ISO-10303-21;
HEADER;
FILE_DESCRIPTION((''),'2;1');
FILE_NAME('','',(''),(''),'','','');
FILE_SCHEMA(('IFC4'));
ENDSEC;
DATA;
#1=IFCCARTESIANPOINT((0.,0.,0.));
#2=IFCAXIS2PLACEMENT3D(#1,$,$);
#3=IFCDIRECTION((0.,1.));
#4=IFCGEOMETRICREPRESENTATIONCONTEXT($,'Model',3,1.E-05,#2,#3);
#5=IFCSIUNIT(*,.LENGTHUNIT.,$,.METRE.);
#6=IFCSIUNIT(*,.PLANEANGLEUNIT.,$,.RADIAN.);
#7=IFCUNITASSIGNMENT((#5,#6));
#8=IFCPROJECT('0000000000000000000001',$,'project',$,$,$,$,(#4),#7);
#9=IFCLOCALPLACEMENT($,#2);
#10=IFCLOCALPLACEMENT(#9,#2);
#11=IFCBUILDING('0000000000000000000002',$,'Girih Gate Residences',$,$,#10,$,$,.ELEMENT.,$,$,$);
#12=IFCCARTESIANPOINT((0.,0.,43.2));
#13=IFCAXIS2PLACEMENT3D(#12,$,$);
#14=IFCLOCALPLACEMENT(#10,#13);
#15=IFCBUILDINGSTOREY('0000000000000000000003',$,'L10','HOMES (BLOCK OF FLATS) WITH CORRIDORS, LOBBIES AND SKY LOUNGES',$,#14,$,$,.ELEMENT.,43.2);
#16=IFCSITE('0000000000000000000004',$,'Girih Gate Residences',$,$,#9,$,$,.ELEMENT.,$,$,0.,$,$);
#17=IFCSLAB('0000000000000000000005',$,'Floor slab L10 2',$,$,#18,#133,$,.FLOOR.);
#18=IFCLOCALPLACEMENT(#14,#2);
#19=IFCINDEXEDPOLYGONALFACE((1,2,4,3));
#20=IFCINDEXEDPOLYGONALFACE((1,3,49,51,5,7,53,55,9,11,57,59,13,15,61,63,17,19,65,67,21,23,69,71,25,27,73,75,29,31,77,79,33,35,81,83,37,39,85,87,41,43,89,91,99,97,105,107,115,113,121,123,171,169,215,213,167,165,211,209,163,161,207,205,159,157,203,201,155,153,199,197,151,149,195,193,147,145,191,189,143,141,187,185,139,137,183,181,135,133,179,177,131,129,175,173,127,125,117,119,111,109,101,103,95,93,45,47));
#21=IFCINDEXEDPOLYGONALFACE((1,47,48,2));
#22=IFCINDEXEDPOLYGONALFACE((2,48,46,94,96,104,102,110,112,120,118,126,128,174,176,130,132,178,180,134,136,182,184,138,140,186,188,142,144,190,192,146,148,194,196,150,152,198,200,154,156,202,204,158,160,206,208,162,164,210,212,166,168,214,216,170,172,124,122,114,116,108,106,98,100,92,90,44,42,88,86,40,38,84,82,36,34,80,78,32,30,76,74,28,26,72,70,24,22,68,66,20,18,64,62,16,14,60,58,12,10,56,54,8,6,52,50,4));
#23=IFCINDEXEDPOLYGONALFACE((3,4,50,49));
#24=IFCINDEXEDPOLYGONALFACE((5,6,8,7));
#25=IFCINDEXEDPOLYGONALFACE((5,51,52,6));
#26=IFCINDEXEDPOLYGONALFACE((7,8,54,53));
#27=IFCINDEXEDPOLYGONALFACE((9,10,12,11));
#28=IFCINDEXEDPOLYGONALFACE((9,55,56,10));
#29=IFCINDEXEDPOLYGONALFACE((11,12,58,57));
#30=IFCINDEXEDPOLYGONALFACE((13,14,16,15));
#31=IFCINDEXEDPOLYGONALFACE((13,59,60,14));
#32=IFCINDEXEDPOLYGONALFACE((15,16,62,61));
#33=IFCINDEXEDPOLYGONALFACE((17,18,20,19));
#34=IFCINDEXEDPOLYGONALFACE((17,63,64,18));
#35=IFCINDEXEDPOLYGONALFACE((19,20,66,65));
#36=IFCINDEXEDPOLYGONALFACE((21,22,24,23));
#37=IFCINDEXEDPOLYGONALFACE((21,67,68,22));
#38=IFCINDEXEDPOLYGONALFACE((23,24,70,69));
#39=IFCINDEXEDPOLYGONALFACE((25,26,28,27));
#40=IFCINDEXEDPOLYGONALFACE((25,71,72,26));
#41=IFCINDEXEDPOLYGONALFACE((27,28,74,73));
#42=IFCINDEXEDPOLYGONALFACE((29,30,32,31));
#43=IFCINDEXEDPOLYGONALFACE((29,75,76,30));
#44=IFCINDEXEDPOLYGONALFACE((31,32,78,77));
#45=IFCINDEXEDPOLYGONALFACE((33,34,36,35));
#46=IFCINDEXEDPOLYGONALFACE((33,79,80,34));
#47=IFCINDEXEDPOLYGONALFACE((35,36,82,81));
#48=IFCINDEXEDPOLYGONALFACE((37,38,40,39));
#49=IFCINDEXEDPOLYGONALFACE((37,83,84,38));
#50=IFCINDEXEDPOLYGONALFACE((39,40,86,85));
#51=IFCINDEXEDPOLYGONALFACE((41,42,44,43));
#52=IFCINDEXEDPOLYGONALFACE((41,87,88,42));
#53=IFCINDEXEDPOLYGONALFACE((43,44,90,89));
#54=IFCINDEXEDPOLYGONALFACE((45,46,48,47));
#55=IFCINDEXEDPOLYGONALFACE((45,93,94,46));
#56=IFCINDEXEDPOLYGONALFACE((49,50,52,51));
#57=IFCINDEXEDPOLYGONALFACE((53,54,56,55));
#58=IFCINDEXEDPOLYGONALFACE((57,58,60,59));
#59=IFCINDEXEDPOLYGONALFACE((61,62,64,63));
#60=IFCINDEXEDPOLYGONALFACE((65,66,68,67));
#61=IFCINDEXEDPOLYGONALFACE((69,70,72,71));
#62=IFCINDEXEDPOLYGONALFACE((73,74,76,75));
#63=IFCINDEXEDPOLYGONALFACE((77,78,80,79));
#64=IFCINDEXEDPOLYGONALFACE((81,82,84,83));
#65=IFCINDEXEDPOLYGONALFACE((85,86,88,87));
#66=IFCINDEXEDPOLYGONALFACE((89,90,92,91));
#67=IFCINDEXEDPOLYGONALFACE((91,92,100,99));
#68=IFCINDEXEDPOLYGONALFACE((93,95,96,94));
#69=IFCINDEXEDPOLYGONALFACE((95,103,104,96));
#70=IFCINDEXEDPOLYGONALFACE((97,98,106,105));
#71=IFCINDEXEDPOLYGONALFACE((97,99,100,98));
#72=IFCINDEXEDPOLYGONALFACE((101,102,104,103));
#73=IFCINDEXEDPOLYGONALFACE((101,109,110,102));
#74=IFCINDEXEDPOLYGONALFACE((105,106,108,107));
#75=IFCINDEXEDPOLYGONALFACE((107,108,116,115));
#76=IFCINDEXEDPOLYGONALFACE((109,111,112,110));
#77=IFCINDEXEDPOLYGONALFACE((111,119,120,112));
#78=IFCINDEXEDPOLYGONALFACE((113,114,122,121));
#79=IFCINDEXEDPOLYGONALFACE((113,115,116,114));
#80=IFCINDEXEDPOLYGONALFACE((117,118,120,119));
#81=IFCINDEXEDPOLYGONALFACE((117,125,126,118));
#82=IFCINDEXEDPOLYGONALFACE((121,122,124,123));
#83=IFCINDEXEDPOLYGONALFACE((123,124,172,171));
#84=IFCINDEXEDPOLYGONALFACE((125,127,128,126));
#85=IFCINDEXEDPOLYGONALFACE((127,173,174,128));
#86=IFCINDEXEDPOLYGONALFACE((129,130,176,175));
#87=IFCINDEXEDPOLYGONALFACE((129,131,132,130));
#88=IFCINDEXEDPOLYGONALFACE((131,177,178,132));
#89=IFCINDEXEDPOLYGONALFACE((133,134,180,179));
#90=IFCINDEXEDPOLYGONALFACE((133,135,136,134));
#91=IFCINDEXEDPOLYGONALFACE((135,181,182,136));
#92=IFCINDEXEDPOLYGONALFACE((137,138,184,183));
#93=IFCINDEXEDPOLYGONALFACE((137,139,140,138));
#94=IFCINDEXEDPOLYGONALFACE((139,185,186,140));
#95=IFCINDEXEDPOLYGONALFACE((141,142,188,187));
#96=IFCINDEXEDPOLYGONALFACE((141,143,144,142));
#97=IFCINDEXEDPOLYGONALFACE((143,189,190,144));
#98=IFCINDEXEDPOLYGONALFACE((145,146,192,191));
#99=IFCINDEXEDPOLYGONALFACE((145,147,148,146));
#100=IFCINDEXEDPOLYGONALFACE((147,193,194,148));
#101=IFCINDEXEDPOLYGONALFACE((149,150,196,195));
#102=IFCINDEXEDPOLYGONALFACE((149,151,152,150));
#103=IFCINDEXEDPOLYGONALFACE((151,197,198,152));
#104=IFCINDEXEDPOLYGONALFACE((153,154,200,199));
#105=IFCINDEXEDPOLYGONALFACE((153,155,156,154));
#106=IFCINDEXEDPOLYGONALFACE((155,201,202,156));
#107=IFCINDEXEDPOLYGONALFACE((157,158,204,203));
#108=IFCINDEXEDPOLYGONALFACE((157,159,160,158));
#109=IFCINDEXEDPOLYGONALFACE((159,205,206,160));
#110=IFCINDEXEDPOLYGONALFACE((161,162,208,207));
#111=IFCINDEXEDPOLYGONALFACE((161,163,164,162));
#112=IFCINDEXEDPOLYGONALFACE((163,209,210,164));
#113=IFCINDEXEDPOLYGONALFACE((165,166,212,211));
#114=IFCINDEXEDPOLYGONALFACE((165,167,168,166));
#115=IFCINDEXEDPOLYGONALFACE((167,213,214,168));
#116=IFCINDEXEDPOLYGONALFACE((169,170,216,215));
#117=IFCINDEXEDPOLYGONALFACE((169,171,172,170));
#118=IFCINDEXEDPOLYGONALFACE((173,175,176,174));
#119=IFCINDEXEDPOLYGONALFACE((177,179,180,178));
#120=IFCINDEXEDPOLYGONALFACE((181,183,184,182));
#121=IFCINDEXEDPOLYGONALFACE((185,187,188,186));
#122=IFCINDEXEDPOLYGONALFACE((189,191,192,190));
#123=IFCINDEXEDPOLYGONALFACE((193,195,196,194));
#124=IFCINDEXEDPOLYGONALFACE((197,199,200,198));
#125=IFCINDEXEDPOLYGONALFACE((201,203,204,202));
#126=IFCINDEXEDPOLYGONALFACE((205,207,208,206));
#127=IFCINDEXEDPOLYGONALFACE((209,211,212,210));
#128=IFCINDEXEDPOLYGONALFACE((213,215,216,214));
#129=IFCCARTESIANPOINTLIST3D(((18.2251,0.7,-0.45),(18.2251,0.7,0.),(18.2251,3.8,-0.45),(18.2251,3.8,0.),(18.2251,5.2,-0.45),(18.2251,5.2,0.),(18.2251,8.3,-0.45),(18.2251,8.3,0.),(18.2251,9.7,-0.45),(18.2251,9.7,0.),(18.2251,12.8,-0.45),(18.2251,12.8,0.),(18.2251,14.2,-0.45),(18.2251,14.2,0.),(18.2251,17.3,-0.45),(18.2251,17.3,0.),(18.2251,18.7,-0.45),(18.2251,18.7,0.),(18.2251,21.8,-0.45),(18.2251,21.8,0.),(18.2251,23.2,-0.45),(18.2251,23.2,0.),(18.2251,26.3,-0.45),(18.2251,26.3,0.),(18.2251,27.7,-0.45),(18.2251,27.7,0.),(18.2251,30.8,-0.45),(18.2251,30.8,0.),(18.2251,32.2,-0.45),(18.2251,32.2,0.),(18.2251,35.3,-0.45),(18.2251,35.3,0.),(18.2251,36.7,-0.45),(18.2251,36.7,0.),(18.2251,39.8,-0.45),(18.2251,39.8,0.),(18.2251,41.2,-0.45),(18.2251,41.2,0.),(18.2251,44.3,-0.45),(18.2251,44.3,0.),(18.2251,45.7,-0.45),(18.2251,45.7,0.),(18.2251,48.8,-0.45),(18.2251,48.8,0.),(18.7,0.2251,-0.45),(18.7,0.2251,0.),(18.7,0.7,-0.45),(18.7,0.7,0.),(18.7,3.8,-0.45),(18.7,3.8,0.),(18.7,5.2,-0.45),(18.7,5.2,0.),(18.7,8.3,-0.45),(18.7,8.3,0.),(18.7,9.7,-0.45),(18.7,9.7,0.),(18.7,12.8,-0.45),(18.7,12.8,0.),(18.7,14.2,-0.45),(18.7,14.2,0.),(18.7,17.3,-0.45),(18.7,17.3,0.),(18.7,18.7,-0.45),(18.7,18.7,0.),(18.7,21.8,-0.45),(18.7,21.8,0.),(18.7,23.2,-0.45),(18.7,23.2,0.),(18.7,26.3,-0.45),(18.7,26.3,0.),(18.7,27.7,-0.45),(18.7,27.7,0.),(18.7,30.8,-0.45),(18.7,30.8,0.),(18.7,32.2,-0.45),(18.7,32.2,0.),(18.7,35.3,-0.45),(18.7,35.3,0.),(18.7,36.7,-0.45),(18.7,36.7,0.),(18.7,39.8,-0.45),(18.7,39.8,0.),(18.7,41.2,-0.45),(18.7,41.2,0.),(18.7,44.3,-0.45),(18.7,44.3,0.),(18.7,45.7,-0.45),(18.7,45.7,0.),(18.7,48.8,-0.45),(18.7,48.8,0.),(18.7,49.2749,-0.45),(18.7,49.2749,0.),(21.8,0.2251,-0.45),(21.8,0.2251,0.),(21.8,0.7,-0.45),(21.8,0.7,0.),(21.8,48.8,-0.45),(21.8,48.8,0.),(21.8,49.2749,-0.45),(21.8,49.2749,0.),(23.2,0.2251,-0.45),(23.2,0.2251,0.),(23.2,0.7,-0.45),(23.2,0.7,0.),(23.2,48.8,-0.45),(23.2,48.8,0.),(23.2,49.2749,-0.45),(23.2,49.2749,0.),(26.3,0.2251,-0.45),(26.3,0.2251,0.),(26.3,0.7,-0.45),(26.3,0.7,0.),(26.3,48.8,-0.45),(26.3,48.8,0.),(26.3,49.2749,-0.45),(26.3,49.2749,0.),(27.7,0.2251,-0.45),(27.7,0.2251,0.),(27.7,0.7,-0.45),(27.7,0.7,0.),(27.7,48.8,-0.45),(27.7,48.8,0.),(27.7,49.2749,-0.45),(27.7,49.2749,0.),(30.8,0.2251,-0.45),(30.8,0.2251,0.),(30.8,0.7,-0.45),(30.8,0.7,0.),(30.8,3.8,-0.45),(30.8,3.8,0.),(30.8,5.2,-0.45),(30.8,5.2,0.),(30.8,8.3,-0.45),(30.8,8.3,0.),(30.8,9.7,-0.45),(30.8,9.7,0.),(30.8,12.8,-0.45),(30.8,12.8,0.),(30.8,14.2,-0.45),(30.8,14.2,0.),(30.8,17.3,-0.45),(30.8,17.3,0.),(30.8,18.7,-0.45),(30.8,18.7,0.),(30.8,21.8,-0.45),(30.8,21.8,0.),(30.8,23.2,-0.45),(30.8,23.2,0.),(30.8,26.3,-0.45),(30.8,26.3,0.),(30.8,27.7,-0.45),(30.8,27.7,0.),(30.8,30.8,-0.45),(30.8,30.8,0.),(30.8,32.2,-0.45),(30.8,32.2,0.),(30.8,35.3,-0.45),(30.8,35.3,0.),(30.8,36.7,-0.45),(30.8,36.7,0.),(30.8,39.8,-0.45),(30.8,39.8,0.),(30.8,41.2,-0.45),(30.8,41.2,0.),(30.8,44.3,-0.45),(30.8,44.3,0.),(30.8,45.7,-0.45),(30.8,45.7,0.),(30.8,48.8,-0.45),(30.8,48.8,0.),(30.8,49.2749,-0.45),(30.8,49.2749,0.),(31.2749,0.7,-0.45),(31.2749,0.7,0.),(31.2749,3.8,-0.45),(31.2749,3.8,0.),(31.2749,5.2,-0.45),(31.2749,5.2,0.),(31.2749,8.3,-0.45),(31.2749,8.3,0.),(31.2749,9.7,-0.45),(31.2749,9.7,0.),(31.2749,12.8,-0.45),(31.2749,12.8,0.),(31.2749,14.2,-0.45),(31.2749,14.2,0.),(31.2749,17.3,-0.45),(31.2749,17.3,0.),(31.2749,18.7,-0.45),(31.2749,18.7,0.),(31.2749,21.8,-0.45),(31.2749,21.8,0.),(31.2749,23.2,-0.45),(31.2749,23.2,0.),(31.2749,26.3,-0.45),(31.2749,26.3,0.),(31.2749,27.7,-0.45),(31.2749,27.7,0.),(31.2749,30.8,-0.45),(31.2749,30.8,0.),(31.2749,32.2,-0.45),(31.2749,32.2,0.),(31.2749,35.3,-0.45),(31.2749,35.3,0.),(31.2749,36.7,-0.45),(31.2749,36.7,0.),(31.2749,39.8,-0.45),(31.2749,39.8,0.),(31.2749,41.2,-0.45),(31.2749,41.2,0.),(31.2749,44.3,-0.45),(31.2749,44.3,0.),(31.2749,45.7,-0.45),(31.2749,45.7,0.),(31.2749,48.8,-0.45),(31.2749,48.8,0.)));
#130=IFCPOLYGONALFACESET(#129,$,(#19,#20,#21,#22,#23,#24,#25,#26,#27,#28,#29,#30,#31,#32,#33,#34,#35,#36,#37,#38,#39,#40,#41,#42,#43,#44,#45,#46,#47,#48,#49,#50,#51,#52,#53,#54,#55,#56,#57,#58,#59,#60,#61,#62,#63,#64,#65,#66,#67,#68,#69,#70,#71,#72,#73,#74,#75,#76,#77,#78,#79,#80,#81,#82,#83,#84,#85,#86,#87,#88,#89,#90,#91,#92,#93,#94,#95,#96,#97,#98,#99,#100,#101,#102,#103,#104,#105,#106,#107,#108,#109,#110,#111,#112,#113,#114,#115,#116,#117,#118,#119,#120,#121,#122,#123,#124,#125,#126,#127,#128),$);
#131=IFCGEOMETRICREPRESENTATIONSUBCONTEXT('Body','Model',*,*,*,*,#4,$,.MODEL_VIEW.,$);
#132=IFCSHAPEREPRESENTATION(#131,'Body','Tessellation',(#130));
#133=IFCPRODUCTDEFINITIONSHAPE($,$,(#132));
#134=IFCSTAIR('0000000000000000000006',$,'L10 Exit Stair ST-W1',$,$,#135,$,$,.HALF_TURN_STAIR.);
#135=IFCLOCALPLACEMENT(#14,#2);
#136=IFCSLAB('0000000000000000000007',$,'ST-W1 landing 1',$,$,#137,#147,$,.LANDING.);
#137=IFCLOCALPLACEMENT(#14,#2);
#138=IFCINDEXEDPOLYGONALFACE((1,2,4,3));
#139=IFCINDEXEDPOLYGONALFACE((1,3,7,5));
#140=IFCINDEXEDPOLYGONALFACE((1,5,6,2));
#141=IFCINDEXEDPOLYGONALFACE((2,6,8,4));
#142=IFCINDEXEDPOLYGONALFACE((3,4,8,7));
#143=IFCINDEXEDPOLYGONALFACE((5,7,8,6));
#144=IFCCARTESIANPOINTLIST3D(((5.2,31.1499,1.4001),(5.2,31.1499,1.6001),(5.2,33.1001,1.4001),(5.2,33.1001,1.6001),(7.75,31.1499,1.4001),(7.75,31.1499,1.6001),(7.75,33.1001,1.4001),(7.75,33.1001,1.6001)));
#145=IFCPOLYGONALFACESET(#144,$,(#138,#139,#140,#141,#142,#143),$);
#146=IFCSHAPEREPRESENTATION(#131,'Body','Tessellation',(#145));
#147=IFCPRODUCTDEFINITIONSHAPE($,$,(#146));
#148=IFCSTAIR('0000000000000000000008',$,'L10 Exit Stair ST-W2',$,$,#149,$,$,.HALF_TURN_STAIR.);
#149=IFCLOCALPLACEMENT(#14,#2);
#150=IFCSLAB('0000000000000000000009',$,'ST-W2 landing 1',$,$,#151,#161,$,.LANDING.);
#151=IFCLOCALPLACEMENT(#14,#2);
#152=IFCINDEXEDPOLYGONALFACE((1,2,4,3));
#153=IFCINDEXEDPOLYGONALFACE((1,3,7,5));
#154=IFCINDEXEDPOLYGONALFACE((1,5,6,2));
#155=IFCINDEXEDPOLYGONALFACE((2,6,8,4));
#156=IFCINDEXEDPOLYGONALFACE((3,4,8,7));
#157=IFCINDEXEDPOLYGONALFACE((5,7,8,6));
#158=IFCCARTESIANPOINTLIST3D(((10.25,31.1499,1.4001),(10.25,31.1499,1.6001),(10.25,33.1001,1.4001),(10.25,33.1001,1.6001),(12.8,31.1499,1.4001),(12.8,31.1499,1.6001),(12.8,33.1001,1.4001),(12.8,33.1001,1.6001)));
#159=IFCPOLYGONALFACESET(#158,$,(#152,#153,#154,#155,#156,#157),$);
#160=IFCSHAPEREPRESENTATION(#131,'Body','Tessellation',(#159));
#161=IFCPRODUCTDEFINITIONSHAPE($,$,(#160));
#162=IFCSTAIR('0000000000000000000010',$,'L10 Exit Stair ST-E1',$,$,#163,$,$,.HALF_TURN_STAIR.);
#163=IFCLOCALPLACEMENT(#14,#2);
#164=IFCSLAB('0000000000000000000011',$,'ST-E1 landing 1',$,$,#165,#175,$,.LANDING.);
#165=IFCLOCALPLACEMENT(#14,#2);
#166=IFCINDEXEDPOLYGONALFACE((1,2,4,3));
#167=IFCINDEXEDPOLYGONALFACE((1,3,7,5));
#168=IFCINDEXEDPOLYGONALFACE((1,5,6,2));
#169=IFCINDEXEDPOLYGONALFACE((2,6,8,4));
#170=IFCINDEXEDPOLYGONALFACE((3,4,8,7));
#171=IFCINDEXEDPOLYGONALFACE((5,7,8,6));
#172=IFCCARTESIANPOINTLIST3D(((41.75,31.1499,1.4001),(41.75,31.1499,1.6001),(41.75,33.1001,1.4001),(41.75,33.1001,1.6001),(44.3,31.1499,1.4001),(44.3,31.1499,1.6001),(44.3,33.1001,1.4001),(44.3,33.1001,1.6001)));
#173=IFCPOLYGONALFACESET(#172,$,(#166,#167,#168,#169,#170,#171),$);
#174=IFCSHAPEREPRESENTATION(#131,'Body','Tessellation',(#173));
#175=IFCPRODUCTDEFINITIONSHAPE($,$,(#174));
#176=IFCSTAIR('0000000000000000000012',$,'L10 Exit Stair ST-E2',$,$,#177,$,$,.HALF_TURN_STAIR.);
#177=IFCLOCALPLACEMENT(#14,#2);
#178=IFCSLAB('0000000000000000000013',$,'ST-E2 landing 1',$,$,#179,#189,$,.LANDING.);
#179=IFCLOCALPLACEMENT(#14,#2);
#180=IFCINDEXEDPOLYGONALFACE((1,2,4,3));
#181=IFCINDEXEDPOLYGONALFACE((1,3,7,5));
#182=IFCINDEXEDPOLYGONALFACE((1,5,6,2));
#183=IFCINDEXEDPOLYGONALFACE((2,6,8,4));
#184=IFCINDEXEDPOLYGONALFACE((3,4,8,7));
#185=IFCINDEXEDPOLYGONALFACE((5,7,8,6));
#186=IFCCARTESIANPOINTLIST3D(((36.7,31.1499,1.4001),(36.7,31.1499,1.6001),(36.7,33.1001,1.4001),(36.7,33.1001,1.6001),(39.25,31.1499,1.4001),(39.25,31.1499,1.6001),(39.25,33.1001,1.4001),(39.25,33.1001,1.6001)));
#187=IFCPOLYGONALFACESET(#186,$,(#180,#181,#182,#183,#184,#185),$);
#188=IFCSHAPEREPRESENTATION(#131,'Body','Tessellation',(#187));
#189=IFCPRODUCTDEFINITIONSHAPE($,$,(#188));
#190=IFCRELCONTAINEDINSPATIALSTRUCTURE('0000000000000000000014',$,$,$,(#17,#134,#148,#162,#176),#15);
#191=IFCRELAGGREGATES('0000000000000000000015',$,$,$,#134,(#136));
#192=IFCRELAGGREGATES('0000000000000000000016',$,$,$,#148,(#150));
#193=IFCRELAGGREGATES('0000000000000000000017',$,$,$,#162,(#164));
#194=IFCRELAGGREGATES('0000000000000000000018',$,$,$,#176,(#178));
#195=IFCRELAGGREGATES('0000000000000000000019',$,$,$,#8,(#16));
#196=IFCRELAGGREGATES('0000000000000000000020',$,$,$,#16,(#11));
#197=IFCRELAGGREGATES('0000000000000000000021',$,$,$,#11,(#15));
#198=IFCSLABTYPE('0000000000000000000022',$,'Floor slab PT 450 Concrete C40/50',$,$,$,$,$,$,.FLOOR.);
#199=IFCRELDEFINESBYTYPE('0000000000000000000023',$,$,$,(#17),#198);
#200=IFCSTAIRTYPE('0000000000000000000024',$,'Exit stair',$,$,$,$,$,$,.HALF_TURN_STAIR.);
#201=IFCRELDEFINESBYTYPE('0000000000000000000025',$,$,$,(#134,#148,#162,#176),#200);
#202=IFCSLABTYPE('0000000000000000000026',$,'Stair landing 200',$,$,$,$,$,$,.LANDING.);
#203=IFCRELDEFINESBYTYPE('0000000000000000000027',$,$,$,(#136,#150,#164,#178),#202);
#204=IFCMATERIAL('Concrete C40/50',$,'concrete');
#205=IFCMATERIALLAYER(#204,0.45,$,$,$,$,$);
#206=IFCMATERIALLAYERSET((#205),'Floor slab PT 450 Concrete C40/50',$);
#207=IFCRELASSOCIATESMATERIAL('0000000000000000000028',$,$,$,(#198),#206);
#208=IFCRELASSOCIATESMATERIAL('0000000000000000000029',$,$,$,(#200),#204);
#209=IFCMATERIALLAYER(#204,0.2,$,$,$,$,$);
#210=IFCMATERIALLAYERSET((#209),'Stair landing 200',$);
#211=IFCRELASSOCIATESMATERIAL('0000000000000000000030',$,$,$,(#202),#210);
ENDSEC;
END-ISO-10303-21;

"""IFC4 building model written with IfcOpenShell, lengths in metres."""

from ifc_helpers import new_model, si_unit, direction, frame, origin, place, context, subcontext, project, spatial, polyline, outline, extrude, material, layer, layer_set, type_object, element, aggregate, save


model = new_model("IFC4")

# Units and contexts
model_context = context("Model", 3, precision=1e-05, world=origin(), true_north=direction((0.0, 1.0)))
body_context = subcontext(model_context, "Body", "Model", "MODEL_VIEW")
ifc_project = project(units=[si_unit("LENGTHUNIT", "METRE"), si_unit("PLANEANGLEUNIT", "RADIAN")], contexts=[model_context])

# Site, building, storey
site_placement = place(None, origin())
site = spatial("IfcSite", under=ifc_project, at=site_placement, Name="Girih Gate Residences", CompositionType="ELEMENT", RefElevation=0.0)
building_placement = place(site_placement, origin())
building = spatial("IfcBuilding", under=site, at=building_placement, Name="Girih Gate Residences", CompositionType="ELEMENT")
storey_placement = place(building_placement, frame((0.0, 0.0, 43.2)))
storey = spatial("IfcBuildingStorey", under=building, at=storey_placement, Name="L10", Description="HOMES (BLOCK OF FLATS) WITH CORRIDORS, LOBBIES AND SKY LOUNGES", CompositionType="ELEMENT", Elevation=43.2)

# Slab
ifc_material_1 = material(Name="Concrete C40/50", Category="concrete")
ifc_layer_1 = layer(ifc_material_1, 0.45)
ifc_layer_set_1 = layer_set([ifc_layer_1], Name="Floor slab PT 450 Concrete C40/50")
slab_type_1 = type_object("IfcSlabType", Name="Floor slab PT 450 Concrete C40/50", PredefinedType="FLOOR", material=ifc_layer_set_1)
slab_1_placement = place(storey_placement, frame((0.0, 0.0, -0.45)))
element("IfcSlab", 1, at=slab_1_placement, inside=storey, type_object=slab_type_1, Name="Floor slab L10 2", PredefinedType="FLOOR", context=body_context, shape_type="SweptSolid", body=[
    extrude(outline(polyline([(21.8, 49.2749), (18.7, 49.2749), (18.7, 48.8), (18.2251, 48.8), (18.2251, 45.7), (18.7, 45.7), (18.7, 44.3), (18.2251, 44.3), (18.2251, 41.2), (18.7, 41.2), (18.7, 39.8), (18.2251, 39.8), (18.2251, 36.7), (18.7, 36.7), (18.7, 35.3), (18.2251, 35.3), (18.2251, 32.2), (18.7, 32.2), (18.7, 30.8), (18.2251, 30.8), (18.2251, 27.7), (18.7, 27.7), (18.7, 26.3), (18.2251, 26.3), (18.2251, 23.2), (18.7, 23.2), (18.7, 21.8), (18.2251, 21.8), (18.2251, 18.7), (18.7, 18.7), (18.7, 17.3), (18.2251, 17.3), (18.2251, 14.2), (18.7, 14.2), (18.7, 12.8), (18.2251, 12.8), (18.2251, 9.7), (18.7, 9.7), (18.7, 8.3), (18.2251, 8.3), (18.2251, 5.2), (18.7, 5.2), (18.7, 3.8), (18.2251, 3.8), (18.2251, 0.7), (18.7, 0.7), (18.7, 0.2251), (21.8, 0.2251), (21.8, 0.7), (23.2, 0.7), (23.2, 0.2251), (26.3, 0.2251), (26.3, 0.7), (27.7, 0.7), (27.7, 0.2251), (30.8, 0.2251), (30.8, 0.7), (31.2749, 0.7), (31.2749, 3.8), (30.8, 3.8), (30.8, 5.2), (31.2749, 5.2), (31.2749, 8.3), (30.8, 8.3), (30.8, 9.7), (31.2749, 9.7), (31.2749, 12.8), (30.8, 12.8), (30.8, 14.2), (31.2749, 14.2), (31.2749, 17.3), (30.8, 17.3), (30.8, 18.7), (31.2749, 18.7), (31.2749, 21.8), (30.8, 21.8), (30.8, 23.2), (31.2749, 23.2), (31.2749, 26.3), (30.8, 26.3), (30.8, 27.7), (31.2749, 27.7), (31.2749, 30.8), (30.8, 30.8), (30.8, 32.2), (31.2749, 32.2), (31.2749, 35.3), (30.8, 35.3), (30.8, 36.7), (31.2749, 36.7), (31.2749, 39.8), (30.8, 39.8), (30.8, 41.2), (31.2749, 41.2), (31.2749, 44.3), (30.8, 44.3), (30.8, 45.7), (31.2749, 45.7), (31.2749, 48.8), (30.8, 48.8), (30.8, 49.2749), (27.7, 49.2749), (27.7, 48.8), (26.3, 48.8), (26.3, 49.2749), (23.2, 49.2749), (23.2, 48.8), (21.8, 48.8), (21.8, 49.2749)])), origin(), (0.0, 0.0, 1.0), 0.45),
])

# Stairs, slabs
stair_type = type_object("IfcStairType", Name="Exit stair", PredefinedType="HALF_TURN_STAIR", material=ifc_material_1)
stair_1_placement = place(storey_placement, origin())
stair_1 = element("IfcStair", 2, at=stair_1_placement, inside=storey, type_object=stair_type, Name="L10 Exit Stair ST-W1", PredefinedType="HALF_TURN_STAIR")
ifc_layer_2 = layer(ifc_material_1, 0.2)
ifc_layer_set_2 = layer_set([ifc_layer_2], Name="Stair landing 200")
slab_type_2 = type_object("IfcSlabType", Name="Stair landing 200", PredefinedType="LANDING", material=ifc_layer_set_2)
slab_2_placement = place(storey_placement, frame((0.0, 0.0, 1.4001)))
slab_2 = element("IfcSlab", 3, at=slab_2_placement, type_object=slab_type_2, Name="ST-W1 landing 1", PredefinedType="LANDING", context=body_context, shape_type="SweptSolid", body=[
    extrude(outline(polyline([(7.75, 31.1499), (7.75, 33.1001), (5.2, 33.1001), (5.2, 31.1499), (7.75, 31.1499)])), origin(), (0.0, 0.0, 1.0), 0.2),
])
aggregate(stair_1, [slab_2])
stair_2_placement = place(storey_placement, origin())
stair_2 = element("IfcStair", 4, at=stair_2_placement, inside=storey, type_object=stair_type, Name="L10 Exit Stair ST-W2", PredefinedType="HALF_TURN_STAIR")
slab_3_placement = place(storey_placement, frame((0.0, 0.0, 1.4001)))
slab_3 = element("IfcSlab", 5, at=slab_3_placement, type_object=slab_type_2, Name="ST-W2 landing 1", PredefinedType="LANDING", context=body_context, shape_type="SweptSolid", body=[
    extrude(outline(polyline([(12.8, 31.1499), (12.8, 33.1001), (10.25, 33.1001), (10.25, 31.1499), (12.8, 31.1499)])), origin(), (0.0, 0.0, 1.0), 0.2),
])
aggregate(stair_2, [slab_3])
stair_3_placement = place(storey_placement, origin())
stair_3 = element("IfcStair", 6, at=stair_3_placement, inside=storey, type_object=stair_type, Name="L10 Exit Stair ST-E1", PredefinedType="HALF_TURN_STAIR")
slab_4_placement = place(storey_placement, frame((0.0, 0.0, 1.4001)))
slab_4 = element("IfcSlab", 7, at=slab_4_placement, type_object=slab_type_2, Name="ST-E1 landing 1", PredefinedType="LANDING", context=body_context, shape_type="SweptSolid", body=[
    extrude(outline(polyline([(44.3, 31.1499), (44.3, 33.1001), (41.75, 33.1001), (41.75, 31.1499), (44.3, 31.1499)])), origin(), (0.0, 0.0, 1.0), 0.2),
])
aggregate(stair_3, [slab_4])
stair_4_placement = place(storey_placement, origin())
stair_4 = element("IfcStair", 8, at=stair_4_placement, inside=storey, type_object=stair_type, Name="L10 Exit Stair ST-E2", PredefinedType="HALF_TURN_STAIR")
slab_5_placement = place(storey_placement, frame((0.0, 0.0, 1.4001)))
slab_5 = element("IfcSlab", 9, at=slab_5_placement, type_object=slab_type_2, Name="ST-E2 landing 1", PredefinedType="LANDING", context=body_context, shape_type="SweptSolid", body=[
    extrude(outline(polyline([(39.25, 31.1499), (39.25, 33.1001), (36.7, 33.1001), (36.7, 31.1499), (39.25, 31.1499)])), origin(), (0.0, 0.0, 1.0), 0.2),
])
aggregate(stair_4, [slab_5])

save(model, "model.ifc")
